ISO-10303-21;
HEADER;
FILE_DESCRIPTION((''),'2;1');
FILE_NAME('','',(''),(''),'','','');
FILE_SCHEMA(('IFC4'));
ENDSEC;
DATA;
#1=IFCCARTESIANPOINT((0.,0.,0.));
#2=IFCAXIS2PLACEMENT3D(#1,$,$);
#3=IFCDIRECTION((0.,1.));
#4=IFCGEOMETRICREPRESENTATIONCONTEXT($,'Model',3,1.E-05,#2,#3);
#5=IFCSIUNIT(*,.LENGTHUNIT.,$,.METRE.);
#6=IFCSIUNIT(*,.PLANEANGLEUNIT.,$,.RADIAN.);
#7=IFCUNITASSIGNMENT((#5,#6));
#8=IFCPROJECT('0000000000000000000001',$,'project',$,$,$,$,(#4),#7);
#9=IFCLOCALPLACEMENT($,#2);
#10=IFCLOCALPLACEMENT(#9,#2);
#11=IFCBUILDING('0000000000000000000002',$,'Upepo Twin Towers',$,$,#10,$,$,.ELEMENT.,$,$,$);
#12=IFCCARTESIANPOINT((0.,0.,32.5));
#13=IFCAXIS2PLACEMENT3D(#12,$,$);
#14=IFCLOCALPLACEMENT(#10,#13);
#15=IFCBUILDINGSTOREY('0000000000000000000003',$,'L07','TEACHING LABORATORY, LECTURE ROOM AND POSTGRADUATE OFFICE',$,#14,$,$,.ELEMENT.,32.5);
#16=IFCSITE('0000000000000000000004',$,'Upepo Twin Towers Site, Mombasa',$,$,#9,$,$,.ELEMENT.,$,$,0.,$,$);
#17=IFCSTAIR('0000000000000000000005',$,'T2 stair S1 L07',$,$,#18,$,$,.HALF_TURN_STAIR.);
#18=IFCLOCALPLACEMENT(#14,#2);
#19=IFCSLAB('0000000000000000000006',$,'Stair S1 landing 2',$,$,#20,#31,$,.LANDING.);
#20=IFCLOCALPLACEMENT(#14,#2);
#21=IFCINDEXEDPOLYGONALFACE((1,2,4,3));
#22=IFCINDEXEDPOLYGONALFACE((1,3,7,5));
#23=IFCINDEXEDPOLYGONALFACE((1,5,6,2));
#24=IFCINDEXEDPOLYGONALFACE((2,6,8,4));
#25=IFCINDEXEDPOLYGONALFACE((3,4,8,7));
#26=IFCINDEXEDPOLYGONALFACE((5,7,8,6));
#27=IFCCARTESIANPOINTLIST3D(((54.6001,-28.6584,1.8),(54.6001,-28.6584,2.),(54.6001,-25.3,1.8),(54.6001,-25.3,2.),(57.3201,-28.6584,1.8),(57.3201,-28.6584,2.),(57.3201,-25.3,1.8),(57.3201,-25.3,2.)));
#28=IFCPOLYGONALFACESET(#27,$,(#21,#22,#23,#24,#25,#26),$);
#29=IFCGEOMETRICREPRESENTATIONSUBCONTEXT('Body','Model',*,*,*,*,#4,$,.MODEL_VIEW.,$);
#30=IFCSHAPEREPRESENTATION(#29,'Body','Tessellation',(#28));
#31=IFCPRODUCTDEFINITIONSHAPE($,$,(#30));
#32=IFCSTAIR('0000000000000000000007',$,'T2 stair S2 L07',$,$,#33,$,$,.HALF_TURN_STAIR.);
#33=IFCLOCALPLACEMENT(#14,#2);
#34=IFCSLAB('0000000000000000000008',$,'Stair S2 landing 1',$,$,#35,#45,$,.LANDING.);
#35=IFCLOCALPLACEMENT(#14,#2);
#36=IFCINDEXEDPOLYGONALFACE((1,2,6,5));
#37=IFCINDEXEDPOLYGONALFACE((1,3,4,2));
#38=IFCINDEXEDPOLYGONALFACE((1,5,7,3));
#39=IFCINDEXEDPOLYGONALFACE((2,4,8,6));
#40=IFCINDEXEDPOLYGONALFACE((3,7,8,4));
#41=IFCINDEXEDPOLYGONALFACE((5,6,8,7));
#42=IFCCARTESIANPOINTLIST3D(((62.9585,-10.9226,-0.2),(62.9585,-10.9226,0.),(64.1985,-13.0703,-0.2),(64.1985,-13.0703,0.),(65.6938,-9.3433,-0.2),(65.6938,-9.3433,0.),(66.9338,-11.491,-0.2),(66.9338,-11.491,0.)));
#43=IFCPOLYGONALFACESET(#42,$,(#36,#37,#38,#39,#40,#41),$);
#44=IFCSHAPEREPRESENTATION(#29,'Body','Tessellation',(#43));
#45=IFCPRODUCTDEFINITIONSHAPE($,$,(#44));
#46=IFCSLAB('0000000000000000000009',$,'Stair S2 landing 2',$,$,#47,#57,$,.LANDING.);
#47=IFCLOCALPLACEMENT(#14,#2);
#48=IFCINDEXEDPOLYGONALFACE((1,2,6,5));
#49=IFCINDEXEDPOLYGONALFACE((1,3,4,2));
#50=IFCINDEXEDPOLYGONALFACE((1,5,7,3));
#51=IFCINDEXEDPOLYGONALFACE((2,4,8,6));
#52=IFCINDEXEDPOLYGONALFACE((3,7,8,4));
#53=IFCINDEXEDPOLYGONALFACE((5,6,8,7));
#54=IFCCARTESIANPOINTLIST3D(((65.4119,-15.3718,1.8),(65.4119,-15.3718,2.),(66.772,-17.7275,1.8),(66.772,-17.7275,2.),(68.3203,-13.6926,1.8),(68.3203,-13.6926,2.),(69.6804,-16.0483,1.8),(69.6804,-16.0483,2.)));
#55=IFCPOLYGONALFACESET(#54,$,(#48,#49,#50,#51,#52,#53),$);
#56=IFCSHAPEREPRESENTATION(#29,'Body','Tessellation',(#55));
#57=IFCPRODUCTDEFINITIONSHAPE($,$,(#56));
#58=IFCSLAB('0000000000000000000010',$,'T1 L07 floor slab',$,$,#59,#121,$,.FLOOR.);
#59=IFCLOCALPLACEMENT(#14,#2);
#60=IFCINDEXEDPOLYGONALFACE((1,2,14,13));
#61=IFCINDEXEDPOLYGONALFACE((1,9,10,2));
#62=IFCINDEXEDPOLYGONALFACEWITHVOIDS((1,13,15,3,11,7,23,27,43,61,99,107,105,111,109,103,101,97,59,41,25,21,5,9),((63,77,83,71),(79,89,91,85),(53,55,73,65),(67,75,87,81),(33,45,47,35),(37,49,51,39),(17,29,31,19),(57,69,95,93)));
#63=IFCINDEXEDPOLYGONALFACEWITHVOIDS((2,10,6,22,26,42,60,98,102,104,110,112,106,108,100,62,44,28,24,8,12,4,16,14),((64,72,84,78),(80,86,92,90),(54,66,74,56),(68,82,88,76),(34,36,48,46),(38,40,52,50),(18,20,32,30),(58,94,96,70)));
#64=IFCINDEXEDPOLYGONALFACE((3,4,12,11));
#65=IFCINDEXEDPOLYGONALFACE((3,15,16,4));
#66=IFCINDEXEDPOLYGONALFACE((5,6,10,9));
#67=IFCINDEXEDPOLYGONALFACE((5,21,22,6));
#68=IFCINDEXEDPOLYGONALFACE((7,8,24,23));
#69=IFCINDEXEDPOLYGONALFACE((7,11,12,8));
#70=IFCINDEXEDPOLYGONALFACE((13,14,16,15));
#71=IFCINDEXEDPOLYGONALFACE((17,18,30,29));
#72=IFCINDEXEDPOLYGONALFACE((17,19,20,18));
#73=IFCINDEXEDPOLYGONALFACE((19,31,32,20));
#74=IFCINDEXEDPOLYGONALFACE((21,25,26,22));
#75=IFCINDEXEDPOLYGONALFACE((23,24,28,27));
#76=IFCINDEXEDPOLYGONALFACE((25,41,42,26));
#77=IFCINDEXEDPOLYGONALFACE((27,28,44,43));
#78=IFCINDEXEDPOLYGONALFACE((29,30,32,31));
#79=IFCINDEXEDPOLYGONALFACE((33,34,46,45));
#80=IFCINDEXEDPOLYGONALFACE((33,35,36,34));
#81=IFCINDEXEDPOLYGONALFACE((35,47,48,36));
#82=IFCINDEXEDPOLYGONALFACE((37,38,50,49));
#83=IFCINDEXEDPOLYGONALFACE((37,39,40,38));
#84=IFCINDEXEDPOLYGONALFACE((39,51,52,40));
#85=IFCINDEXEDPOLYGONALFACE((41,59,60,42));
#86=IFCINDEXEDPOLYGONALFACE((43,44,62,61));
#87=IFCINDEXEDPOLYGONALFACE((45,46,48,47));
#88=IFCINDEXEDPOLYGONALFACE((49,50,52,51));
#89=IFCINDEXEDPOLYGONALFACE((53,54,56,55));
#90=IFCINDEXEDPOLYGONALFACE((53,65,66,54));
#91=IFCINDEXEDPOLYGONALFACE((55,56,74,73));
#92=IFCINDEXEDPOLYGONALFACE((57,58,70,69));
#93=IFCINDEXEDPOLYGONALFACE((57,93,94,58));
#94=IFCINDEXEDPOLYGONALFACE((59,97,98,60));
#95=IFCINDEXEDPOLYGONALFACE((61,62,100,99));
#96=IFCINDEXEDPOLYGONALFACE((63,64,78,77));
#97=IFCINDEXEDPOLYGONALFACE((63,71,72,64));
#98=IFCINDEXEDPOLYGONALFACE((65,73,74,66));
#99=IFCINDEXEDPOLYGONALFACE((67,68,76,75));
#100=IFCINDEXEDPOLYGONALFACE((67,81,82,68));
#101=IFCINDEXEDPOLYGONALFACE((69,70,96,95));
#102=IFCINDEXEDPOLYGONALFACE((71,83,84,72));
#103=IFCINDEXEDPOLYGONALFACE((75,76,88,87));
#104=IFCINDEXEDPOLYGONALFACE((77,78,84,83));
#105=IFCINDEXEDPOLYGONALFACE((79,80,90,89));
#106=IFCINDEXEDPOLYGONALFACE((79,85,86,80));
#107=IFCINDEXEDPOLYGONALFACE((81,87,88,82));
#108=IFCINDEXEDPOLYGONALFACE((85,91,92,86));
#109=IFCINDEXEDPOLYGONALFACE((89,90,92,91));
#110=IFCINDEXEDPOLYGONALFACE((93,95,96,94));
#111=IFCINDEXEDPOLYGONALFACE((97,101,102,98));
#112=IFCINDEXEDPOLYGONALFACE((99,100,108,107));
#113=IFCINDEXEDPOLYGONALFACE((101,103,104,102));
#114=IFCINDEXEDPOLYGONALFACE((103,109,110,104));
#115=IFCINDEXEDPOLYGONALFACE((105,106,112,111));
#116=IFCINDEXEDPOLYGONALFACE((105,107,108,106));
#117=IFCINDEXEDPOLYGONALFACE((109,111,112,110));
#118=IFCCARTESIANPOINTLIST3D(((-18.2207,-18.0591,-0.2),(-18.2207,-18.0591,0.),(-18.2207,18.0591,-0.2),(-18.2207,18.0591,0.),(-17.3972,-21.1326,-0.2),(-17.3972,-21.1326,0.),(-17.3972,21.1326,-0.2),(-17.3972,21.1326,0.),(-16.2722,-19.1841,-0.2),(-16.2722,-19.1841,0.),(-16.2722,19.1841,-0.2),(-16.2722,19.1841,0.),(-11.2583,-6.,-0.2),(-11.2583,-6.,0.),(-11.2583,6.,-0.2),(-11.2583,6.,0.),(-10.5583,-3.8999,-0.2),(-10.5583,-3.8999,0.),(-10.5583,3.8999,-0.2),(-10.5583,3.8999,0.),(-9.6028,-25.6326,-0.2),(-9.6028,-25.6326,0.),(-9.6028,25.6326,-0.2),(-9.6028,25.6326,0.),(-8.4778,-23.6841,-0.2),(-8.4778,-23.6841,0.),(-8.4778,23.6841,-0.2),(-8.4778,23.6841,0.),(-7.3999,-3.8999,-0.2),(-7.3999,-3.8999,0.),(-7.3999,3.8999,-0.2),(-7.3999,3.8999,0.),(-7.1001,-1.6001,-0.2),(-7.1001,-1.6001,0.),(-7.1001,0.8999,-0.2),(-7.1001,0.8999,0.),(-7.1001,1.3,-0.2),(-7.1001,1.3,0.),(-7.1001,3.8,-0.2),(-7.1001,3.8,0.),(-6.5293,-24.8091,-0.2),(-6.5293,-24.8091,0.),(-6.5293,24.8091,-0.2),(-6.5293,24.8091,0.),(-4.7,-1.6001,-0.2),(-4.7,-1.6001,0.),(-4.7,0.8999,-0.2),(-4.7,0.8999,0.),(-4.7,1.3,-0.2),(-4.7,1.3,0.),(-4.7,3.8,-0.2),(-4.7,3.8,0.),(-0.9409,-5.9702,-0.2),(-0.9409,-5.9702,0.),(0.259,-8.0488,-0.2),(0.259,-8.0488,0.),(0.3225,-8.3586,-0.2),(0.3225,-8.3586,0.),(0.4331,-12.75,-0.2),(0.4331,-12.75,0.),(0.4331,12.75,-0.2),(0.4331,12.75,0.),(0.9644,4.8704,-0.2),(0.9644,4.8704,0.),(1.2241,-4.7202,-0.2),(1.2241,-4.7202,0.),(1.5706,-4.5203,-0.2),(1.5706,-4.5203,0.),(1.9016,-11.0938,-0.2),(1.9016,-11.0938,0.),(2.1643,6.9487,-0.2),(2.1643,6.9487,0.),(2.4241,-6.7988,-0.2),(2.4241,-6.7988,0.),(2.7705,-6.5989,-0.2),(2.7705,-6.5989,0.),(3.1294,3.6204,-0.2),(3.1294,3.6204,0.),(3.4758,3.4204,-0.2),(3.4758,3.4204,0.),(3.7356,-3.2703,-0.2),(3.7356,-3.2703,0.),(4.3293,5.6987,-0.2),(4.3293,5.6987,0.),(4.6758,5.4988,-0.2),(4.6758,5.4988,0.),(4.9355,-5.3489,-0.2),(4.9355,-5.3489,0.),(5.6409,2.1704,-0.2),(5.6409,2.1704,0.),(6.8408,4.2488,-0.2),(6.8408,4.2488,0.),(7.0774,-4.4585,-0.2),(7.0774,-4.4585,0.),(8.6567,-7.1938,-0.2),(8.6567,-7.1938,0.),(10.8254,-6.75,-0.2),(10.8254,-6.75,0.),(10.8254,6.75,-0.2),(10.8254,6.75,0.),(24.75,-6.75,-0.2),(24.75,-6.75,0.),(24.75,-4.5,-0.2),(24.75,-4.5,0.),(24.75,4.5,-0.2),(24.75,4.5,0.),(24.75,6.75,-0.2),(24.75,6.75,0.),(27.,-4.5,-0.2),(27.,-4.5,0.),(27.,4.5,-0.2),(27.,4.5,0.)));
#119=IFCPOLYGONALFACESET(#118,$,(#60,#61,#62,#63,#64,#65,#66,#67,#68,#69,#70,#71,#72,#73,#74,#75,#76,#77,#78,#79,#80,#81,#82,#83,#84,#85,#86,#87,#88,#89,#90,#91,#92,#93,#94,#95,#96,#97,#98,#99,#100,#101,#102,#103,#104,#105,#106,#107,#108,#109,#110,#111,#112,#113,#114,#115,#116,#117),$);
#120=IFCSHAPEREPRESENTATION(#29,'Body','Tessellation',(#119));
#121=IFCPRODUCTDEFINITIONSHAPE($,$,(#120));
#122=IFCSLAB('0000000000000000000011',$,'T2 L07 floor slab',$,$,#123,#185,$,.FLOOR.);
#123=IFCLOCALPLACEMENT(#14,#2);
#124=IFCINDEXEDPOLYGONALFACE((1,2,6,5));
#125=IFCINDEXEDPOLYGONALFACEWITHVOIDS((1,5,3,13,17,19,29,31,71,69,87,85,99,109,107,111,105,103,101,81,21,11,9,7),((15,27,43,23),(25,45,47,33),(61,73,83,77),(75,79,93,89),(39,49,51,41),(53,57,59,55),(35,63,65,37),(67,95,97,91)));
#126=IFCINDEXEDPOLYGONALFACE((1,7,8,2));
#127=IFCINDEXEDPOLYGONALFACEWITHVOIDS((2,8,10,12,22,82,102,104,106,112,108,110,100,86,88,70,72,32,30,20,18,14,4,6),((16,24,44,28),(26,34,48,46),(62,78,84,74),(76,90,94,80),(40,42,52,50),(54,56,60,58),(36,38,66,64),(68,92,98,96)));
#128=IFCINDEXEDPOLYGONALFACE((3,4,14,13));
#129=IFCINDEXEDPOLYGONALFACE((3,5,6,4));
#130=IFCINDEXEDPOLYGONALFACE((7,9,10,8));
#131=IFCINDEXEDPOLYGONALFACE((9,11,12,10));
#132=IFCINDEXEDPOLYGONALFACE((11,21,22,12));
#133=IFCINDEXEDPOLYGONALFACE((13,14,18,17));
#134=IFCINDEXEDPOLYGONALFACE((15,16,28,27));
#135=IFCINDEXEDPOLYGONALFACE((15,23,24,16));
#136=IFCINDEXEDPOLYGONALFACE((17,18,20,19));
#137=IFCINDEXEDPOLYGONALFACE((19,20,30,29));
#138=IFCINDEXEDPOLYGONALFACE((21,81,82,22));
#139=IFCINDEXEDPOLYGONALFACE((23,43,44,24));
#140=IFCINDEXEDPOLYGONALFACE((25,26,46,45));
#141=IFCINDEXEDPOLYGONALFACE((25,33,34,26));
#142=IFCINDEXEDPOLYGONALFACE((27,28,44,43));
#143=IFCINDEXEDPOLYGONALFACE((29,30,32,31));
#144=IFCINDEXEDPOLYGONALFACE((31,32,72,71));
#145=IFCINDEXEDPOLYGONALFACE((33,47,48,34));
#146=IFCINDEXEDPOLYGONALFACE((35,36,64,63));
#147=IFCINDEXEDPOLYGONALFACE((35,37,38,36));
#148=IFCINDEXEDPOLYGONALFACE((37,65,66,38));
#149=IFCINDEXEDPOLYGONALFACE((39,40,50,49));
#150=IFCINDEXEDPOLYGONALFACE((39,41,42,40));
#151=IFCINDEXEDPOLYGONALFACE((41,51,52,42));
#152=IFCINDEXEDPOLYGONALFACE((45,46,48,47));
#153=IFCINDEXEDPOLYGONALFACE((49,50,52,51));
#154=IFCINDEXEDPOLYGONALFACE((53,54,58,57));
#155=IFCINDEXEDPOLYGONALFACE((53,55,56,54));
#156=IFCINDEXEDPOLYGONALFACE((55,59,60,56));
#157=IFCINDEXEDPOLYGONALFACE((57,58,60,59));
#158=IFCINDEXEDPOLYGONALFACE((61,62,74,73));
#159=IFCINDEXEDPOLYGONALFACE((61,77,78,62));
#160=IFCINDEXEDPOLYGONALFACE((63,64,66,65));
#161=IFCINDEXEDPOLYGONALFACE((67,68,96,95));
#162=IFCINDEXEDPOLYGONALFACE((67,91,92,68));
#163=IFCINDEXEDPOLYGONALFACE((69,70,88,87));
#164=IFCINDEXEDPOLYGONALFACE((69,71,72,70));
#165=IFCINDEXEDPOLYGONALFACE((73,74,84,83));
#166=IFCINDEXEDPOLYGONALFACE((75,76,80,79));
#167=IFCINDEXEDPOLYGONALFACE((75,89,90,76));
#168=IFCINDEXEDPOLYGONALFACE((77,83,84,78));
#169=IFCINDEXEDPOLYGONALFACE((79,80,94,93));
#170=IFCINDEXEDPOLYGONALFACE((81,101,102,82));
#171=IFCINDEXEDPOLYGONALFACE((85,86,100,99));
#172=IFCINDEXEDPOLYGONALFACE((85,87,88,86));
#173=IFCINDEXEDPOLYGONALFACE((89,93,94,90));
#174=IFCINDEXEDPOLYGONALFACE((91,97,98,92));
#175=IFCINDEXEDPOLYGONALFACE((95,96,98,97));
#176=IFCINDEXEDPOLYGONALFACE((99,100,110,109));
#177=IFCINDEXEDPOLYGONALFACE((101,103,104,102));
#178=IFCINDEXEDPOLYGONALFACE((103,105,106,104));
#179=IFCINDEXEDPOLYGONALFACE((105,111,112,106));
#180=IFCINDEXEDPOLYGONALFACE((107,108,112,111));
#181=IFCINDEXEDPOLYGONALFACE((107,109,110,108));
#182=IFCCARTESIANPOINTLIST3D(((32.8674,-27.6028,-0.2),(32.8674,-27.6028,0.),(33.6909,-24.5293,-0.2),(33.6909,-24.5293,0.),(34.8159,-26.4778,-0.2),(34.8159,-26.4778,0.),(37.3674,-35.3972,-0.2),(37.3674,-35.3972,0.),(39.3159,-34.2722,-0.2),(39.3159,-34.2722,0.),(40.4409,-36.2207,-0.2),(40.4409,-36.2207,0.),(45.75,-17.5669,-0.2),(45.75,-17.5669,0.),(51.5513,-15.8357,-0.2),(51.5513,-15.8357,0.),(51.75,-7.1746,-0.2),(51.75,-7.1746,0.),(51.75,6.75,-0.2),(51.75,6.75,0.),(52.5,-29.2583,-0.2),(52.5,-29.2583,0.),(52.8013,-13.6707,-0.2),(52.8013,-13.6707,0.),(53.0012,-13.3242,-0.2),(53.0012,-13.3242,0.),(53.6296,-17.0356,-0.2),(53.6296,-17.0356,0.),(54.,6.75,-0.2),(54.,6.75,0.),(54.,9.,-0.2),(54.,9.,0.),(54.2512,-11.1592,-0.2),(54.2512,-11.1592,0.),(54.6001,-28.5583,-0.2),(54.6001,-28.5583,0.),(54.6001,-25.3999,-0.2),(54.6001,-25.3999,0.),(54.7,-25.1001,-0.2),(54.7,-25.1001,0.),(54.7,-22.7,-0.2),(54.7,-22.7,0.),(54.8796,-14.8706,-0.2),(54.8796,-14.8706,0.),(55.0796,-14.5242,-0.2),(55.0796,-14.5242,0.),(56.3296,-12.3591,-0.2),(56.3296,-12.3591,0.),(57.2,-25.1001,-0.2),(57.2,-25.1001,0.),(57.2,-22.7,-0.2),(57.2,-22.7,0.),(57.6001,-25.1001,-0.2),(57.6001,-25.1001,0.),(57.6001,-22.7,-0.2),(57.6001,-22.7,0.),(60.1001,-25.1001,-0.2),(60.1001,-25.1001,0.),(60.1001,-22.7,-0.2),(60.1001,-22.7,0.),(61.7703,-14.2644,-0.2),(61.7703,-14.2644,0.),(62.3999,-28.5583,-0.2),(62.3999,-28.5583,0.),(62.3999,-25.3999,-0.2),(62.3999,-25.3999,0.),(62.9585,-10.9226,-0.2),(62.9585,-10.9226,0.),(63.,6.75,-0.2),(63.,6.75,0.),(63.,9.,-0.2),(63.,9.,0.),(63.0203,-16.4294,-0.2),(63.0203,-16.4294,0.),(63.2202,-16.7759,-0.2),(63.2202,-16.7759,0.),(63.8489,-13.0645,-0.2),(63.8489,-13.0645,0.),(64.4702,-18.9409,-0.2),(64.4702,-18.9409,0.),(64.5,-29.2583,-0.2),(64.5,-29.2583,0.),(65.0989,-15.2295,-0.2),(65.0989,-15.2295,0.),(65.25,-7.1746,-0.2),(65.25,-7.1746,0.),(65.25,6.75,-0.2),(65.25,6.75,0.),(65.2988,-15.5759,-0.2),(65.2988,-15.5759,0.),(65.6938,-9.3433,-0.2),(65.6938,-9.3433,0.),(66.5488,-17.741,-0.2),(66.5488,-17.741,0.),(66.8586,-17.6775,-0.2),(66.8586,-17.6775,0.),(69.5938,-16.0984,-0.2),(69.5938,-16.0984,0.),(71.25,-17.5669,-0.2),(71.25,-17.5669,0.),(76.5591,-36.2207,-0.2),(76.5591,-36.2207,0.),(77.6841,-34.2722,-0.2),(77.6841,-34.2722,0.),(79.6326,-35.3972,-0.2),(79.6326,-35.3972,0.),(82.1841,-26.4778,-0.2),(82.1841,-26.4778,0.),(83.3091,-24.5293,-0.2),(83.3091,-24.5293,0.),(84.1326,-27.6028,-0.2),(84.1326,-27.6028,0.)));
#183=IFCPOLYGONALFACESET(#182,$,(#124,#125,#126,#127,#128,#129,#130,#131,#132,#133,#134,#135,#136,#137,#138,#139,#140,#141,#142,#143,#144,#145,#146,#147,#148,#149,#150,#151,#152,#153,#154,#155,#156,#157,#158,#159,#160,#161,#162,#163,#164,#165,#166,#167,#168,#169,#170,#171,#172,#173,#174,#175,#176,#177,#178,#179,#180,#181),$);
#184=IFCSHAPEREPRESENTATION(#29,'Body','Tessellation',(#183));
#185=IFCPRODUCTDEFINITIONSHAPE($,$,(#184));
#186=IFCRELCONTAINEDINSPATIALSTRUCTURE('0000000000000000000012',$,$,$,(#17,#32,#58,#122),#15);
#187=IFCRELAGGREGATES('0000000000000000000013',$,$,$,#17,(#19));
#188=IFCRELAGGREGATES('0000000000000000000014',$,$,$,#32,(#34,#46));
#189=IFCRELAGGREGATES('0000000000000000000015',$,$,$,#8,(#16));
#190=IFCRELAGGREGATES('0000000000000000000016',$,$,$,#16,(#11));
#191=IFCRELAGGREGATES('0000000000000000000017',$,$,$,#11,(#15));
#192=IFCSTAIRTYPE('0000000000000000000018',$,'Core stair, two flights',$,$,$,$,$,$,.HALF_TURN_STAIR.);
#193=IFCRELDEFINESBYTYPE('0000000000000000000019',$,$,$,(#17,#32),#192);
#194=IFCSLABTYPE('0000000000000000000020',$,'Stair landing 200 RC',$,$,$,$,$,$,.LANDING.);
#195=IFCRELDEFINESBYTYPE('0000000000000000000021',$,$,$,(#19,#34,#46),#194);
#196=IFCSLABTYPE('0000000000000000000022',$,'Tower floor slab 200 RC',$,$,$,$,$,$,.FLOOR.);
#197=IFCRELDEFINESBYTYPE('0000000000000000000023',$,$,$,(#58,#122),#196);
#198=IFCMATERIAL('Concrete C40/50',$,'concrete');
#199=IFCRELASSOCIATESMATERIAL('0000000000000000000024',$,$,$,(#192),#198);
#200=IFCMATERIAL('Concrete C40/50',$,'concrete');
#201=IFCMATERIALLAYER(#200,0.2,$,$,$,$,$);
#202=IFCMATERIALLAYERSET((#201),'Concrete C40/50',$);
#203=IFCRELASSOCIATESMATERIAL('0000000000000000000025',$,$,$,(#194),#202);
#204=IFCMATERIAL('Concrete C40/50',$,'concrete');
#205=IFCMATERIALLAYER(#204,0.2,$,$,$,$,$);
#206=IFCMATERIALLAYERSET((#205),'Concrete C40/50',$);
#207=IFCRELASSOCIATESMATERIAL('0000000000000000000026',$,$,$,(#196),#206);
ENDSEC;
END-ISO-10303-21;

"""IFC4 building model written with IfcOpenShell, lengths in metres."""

from ifc_helpers import new_model, si_unit, direction, frame, origin, place, context, subcontext, project, spatial, polyline, outline, extrude, material, layer, layer_set, type_object, element, aggregate, save


model = new_model("IFC4")

# Units and contexts
model_context = context("Model", 3, precision=1e-05, world=origin(), true_north=direction((0.0, 1.0)))
body_context = subcontext(model_context, "Body", "Model", "MODEL_VIEW")
ifc_project = project(units=[si_unit("LENGTHUNIT", "METRE"), si_unit("PLANEANGLEUNIT", "RADIAN")], contexts=[model_context])

# Site, building, storey
site_placement = place(None, origin())
site = spatial("IfcSite", under=ifc_project, at=site_placement, Name="Upepo Twin Towers Site, Mombasa", CompositionType="ELEMENT", RefElevation=0.0)
building_placement = place(site_placement, origin())
building = spatial("IfcBuilding", under=site, at=building_placement, Name="Upepo Twin Towers", CompositionType="ELEMENT")
storey_placement = place(building_placement, frame((0.0, 0.0, 32.5)))
storey = spatial("IfcBuildingStorey", under=building, at=storey_placement, Name="L07", Description="TEACHING LABORATORY, LECTURE ROOM AND POSTGRADUATE OFFICE", CompositionType="ELEMENT", Elevation=32.5)

# Stairs, slabs
ifc_material_1 = material(Name="Concrete C40/50", Category="concrete")
stair_type = type_object("IfcStairType", Name="Core stair, two flights", PredefinedType="HALF_TURN_STAIR", material=ifc_material_1)
ifc_material_2 = material(Name="Concrete C40/50", Category="concrete")
ifc_layer_1 = layer(ifc_material_2, 0.2)
ifc_layer_set_1 = layer_set([ifc_layer_1], Name="Concrete C40/50")
slab_type_1 = type_object("IfcSlabType", Name="Stair landing 200 RC", PredefinedType="LANDING", material=ifc_layer_set_1)
stair_1_placement = place(storey_placement, origin())
stair_1 = element("IfcStair", 1, at=stair_1_placement, inside=storey, type_object=stair_type, Name="T2 stair S1 L07", PredefinedType="HALF_TURN_STAIR")
slab_1_placement = place(storey_placement, frame((0.0, 0.0, 1.8)))
slab_1 = element("IfcSlab", 2, at=slab_1_placement, type_object=slab_type_1, Name="Stair S1 landing 2", PredefinedType="LANDING", context=body_context, shape_type="SweptSolid", body=[
    extrude(outline(polyline([(54.6001, -25.3), (54.6001, -28.6584), (57.3201, -28.6584), (57.3201, -25.3), (54.6001, -25.3)])), origin(), (0.0, 0.0, 1.0), 0.2),
])
aggregate(stair_1, [slab_1])
stair_2_placement = place(storey_placement, origin())
stair_2 = element("IfcStair", 3, at=stair_2_placement, inside=storey, type_object=stair_type, Name="T2 stair S2 L07", PredefinedType="HALF_TURN_STAIR")
slab_2_placement = place(storey_placement, frame((0.0, 0.0, -0.2)))
slab_2 = element("IfcSlab", 4, at=slab_2_placement, type_object=slab_type_1, Name="Stair S2 landing 1", PredefinedType="LANDING", context=body_context, shape_type="SweptSolid", body=[
    extrude(outline(polyline([(64.1985, -13.0703), (66.9338, -11.491), (65.6938, -9.3433), (62.9585, -10.9226), (64.1985, -13.0703)])), origin(), (0.0, 0.0, 1.0), 0.2),
])
slab_3_placement = place(storey_placement, frame((0.0, 0.0, 1.8)))
slab_3 = element("IfcSlab", 5, at=slab_3_placement, type_object=slab_type_1, Name="Stair S2 landing 2", PredefinedType="LANDING", context=body_context, shape_type="SweptSolid", body=[
    extrude(outline(polyline([(66.772, -17.7275), (69.6804, -16.0483), (68.3203, -13.6926), (65.4119, -15.3718), (66.772, -17.7275)])), origin(), (0.0, 0.0, 1.0), 0.2),
])
aggregate(stair_2, [slab_2, slab_3])

# Slabs
ifc_material_3 = material(Name="Concrete C40/50", Category="concrete")
ifc_layer_2 = layer(ifc_material_3, 0.2)
ifc_layer_set_2 = layer_set([ifc_layer_2], Name="Concrete C40/50")
slab_type_2 = type_object("IfcSlabType", Name="Tower floor slab 200 RC", PredefinedType="FLOOR", material=ifc_layer_set_2)
slab_4_placement = place(storey_placement, frame((0.0, 0.0, -0.2)))
element("IfcSlab", 6, at=slab_4_placement, inside=storey, type_object=slab_type_2, Name="T1 L07 floor slab", PredefinedType="FLOOR", context=body_context, shape_type="SweptSolid", body=[
    extrude(outline(polyline([(-8.4778, -23.6841), (-9.6028, -25.6326), (-17.3972, -21.1326), (-16.2722, -19.1841), (-18.2207, -18.0591), (-11.2583, -6.0), (-11.2583, 6.0), (-18.2207, 18.0591), (-16.2722, 19.1841), (-17.3972, 21.1326), (-9.6028, 25.6326), (-8.4778, 23.6841), (-6.5293, 24.8091), (0.4331, 12.75), (10.8254, 6.75), (24.75, 6.75), (24.75, 4.5), (27.0, 4.5), (27.0, -4.5), (24.75, -4.5), (24.75, -6.75), (10.8254, -6.75), (0.4331, -12.75), (-6.5293, -24.8091), (-8.4778, -23.6841)]), holes=[polyline([(5.6409, 2.1704), (6.8408, 4.2488), (4.6758, 5.4988), (3.4758, 3.4204), (5.6409, 2.1704)]), polyline([(3.1294, 3.6204), (4.3293, 5.6987), (2.1643, 6.9487), (0.9644, 4.8704), (3.1294, 3.6204)]), polyline([(-4.7, 3.8), (-7.1001, 3.8), (-7.1001, 1.3), (-4.7, 1.3), (-4.7, 3.8)]), polyline([(-4.7, 0.8999), (-7.1001, 0.8999), (-7.1001, -1.6001), (-4.7, -1.6001), (-4.7, 0.8999)]), polyline([(-7.3999, 3.8999), (-10.5583, 3.8999), (-10.5583, -3.8999), (-7.3999, -3.8999), (-7.3999, 3.8999)]), polyline([(-0.9409, -5.9702), (0.259, -8.0488), (2.4241, -6.7988), (1.2241, -4.7202), (-0.9409, -5.9702)]), polyline([(1.5706, -4.5203), (2.7705, -6.5989), (4.9355, -5.3489), (3.7356, -3.2703), (1.5706, -4.5203)]), polyline([(0.3225, -8.3586), (1.9016, -11.0938), (8.6567, -7.1938), (7.0774, -4.4585), (0.3225, -8.3586)])]), origin(), (0.0, 0.0, 1.0), 0.2),
])
slab_5_placement = place(storey_placement, frame((0.0, 0.0, -0.2)))
element("IfcSlab", 7, at=slab_5_placement, inside=storey, type_object=slab_type_2, Name="T2 L07 floor slab", PredefinedType="FLOOR", context=body_context, shape_type="SweptSolid", body=[
    extrude(outline(polyline([(82.1841, -26.4778), (84.1326, -27.6028), (79.6326, -35.3972), (77.6841, -34.2722), (76.5591, -36.2207), (64.5, -29.2583), (52.5, -29.2583), (40.4409, -36.2207), (39.3159, -34.2722), (37.3674, -35.3972), (32.8674, -27.6028), (34.8159, -26.4778), (33.6909, -24.5293), (45.75, -17.5669), (51.75, -7.1746), (51.75, 6.75), (54.0, 6.75), (54.0, 9.0), (63.0, 9.0), (63.0, 6.75), (65.25, 6.75), (65.25, -7.1746), (71.25, -17.5669), (83.3091, -24.5293), (82.1841, -26.4778)]), holes=[polyline([(56.3296, -12.3591), (54.2512, -11.1592), (53.0012, -13.3242), (55.0796, -14.5242), (56.3296, -12.3591)]), polyline([(54.8796, -14.8706), (52.8013, -13.6707), (51.5513, -15.8357), (53.6296, -17.0356), (54.8796, -14.8706)]), polyline([(54.7, -22.7), (54.7, -25.1001), (57.2, -25.1001), (57.2, -22.7), (54.7, -22.7)]), polyline([(57.6001, -22.7), (57.6001, -25.1001), (60.1001, -25.1001), (60.1001, -22.7), (57.6001, -22.7)]), polyline([(54.6001, -25.3999), (54.6001, -28.5583), (62.3999, -28.5583), (62.3999, -25.3999), (54.6001, -25.3999)]), polyline([(64.4702, -18.9409), (66.5488, -17.741), (65.2988, -15.5759), (63.2202, -16.7759), (64.4702, -18.9409)]), polyline([(63.0203, -16.4294), (65.0989, -15.2295), (63.8489, -13.0645), (61.7703, -14.2644), (63.0203, -16.4294)]), polyline([(66.8586, -17.6775), (69.5938, -16.0984), (65.6938, -9.3433), (62.9585, -10.9226), (66.8586, -17.6775)])]), origin(), (0.0, 0.0, 1.0), 0.2),
])

save(model, "model.ifc")
